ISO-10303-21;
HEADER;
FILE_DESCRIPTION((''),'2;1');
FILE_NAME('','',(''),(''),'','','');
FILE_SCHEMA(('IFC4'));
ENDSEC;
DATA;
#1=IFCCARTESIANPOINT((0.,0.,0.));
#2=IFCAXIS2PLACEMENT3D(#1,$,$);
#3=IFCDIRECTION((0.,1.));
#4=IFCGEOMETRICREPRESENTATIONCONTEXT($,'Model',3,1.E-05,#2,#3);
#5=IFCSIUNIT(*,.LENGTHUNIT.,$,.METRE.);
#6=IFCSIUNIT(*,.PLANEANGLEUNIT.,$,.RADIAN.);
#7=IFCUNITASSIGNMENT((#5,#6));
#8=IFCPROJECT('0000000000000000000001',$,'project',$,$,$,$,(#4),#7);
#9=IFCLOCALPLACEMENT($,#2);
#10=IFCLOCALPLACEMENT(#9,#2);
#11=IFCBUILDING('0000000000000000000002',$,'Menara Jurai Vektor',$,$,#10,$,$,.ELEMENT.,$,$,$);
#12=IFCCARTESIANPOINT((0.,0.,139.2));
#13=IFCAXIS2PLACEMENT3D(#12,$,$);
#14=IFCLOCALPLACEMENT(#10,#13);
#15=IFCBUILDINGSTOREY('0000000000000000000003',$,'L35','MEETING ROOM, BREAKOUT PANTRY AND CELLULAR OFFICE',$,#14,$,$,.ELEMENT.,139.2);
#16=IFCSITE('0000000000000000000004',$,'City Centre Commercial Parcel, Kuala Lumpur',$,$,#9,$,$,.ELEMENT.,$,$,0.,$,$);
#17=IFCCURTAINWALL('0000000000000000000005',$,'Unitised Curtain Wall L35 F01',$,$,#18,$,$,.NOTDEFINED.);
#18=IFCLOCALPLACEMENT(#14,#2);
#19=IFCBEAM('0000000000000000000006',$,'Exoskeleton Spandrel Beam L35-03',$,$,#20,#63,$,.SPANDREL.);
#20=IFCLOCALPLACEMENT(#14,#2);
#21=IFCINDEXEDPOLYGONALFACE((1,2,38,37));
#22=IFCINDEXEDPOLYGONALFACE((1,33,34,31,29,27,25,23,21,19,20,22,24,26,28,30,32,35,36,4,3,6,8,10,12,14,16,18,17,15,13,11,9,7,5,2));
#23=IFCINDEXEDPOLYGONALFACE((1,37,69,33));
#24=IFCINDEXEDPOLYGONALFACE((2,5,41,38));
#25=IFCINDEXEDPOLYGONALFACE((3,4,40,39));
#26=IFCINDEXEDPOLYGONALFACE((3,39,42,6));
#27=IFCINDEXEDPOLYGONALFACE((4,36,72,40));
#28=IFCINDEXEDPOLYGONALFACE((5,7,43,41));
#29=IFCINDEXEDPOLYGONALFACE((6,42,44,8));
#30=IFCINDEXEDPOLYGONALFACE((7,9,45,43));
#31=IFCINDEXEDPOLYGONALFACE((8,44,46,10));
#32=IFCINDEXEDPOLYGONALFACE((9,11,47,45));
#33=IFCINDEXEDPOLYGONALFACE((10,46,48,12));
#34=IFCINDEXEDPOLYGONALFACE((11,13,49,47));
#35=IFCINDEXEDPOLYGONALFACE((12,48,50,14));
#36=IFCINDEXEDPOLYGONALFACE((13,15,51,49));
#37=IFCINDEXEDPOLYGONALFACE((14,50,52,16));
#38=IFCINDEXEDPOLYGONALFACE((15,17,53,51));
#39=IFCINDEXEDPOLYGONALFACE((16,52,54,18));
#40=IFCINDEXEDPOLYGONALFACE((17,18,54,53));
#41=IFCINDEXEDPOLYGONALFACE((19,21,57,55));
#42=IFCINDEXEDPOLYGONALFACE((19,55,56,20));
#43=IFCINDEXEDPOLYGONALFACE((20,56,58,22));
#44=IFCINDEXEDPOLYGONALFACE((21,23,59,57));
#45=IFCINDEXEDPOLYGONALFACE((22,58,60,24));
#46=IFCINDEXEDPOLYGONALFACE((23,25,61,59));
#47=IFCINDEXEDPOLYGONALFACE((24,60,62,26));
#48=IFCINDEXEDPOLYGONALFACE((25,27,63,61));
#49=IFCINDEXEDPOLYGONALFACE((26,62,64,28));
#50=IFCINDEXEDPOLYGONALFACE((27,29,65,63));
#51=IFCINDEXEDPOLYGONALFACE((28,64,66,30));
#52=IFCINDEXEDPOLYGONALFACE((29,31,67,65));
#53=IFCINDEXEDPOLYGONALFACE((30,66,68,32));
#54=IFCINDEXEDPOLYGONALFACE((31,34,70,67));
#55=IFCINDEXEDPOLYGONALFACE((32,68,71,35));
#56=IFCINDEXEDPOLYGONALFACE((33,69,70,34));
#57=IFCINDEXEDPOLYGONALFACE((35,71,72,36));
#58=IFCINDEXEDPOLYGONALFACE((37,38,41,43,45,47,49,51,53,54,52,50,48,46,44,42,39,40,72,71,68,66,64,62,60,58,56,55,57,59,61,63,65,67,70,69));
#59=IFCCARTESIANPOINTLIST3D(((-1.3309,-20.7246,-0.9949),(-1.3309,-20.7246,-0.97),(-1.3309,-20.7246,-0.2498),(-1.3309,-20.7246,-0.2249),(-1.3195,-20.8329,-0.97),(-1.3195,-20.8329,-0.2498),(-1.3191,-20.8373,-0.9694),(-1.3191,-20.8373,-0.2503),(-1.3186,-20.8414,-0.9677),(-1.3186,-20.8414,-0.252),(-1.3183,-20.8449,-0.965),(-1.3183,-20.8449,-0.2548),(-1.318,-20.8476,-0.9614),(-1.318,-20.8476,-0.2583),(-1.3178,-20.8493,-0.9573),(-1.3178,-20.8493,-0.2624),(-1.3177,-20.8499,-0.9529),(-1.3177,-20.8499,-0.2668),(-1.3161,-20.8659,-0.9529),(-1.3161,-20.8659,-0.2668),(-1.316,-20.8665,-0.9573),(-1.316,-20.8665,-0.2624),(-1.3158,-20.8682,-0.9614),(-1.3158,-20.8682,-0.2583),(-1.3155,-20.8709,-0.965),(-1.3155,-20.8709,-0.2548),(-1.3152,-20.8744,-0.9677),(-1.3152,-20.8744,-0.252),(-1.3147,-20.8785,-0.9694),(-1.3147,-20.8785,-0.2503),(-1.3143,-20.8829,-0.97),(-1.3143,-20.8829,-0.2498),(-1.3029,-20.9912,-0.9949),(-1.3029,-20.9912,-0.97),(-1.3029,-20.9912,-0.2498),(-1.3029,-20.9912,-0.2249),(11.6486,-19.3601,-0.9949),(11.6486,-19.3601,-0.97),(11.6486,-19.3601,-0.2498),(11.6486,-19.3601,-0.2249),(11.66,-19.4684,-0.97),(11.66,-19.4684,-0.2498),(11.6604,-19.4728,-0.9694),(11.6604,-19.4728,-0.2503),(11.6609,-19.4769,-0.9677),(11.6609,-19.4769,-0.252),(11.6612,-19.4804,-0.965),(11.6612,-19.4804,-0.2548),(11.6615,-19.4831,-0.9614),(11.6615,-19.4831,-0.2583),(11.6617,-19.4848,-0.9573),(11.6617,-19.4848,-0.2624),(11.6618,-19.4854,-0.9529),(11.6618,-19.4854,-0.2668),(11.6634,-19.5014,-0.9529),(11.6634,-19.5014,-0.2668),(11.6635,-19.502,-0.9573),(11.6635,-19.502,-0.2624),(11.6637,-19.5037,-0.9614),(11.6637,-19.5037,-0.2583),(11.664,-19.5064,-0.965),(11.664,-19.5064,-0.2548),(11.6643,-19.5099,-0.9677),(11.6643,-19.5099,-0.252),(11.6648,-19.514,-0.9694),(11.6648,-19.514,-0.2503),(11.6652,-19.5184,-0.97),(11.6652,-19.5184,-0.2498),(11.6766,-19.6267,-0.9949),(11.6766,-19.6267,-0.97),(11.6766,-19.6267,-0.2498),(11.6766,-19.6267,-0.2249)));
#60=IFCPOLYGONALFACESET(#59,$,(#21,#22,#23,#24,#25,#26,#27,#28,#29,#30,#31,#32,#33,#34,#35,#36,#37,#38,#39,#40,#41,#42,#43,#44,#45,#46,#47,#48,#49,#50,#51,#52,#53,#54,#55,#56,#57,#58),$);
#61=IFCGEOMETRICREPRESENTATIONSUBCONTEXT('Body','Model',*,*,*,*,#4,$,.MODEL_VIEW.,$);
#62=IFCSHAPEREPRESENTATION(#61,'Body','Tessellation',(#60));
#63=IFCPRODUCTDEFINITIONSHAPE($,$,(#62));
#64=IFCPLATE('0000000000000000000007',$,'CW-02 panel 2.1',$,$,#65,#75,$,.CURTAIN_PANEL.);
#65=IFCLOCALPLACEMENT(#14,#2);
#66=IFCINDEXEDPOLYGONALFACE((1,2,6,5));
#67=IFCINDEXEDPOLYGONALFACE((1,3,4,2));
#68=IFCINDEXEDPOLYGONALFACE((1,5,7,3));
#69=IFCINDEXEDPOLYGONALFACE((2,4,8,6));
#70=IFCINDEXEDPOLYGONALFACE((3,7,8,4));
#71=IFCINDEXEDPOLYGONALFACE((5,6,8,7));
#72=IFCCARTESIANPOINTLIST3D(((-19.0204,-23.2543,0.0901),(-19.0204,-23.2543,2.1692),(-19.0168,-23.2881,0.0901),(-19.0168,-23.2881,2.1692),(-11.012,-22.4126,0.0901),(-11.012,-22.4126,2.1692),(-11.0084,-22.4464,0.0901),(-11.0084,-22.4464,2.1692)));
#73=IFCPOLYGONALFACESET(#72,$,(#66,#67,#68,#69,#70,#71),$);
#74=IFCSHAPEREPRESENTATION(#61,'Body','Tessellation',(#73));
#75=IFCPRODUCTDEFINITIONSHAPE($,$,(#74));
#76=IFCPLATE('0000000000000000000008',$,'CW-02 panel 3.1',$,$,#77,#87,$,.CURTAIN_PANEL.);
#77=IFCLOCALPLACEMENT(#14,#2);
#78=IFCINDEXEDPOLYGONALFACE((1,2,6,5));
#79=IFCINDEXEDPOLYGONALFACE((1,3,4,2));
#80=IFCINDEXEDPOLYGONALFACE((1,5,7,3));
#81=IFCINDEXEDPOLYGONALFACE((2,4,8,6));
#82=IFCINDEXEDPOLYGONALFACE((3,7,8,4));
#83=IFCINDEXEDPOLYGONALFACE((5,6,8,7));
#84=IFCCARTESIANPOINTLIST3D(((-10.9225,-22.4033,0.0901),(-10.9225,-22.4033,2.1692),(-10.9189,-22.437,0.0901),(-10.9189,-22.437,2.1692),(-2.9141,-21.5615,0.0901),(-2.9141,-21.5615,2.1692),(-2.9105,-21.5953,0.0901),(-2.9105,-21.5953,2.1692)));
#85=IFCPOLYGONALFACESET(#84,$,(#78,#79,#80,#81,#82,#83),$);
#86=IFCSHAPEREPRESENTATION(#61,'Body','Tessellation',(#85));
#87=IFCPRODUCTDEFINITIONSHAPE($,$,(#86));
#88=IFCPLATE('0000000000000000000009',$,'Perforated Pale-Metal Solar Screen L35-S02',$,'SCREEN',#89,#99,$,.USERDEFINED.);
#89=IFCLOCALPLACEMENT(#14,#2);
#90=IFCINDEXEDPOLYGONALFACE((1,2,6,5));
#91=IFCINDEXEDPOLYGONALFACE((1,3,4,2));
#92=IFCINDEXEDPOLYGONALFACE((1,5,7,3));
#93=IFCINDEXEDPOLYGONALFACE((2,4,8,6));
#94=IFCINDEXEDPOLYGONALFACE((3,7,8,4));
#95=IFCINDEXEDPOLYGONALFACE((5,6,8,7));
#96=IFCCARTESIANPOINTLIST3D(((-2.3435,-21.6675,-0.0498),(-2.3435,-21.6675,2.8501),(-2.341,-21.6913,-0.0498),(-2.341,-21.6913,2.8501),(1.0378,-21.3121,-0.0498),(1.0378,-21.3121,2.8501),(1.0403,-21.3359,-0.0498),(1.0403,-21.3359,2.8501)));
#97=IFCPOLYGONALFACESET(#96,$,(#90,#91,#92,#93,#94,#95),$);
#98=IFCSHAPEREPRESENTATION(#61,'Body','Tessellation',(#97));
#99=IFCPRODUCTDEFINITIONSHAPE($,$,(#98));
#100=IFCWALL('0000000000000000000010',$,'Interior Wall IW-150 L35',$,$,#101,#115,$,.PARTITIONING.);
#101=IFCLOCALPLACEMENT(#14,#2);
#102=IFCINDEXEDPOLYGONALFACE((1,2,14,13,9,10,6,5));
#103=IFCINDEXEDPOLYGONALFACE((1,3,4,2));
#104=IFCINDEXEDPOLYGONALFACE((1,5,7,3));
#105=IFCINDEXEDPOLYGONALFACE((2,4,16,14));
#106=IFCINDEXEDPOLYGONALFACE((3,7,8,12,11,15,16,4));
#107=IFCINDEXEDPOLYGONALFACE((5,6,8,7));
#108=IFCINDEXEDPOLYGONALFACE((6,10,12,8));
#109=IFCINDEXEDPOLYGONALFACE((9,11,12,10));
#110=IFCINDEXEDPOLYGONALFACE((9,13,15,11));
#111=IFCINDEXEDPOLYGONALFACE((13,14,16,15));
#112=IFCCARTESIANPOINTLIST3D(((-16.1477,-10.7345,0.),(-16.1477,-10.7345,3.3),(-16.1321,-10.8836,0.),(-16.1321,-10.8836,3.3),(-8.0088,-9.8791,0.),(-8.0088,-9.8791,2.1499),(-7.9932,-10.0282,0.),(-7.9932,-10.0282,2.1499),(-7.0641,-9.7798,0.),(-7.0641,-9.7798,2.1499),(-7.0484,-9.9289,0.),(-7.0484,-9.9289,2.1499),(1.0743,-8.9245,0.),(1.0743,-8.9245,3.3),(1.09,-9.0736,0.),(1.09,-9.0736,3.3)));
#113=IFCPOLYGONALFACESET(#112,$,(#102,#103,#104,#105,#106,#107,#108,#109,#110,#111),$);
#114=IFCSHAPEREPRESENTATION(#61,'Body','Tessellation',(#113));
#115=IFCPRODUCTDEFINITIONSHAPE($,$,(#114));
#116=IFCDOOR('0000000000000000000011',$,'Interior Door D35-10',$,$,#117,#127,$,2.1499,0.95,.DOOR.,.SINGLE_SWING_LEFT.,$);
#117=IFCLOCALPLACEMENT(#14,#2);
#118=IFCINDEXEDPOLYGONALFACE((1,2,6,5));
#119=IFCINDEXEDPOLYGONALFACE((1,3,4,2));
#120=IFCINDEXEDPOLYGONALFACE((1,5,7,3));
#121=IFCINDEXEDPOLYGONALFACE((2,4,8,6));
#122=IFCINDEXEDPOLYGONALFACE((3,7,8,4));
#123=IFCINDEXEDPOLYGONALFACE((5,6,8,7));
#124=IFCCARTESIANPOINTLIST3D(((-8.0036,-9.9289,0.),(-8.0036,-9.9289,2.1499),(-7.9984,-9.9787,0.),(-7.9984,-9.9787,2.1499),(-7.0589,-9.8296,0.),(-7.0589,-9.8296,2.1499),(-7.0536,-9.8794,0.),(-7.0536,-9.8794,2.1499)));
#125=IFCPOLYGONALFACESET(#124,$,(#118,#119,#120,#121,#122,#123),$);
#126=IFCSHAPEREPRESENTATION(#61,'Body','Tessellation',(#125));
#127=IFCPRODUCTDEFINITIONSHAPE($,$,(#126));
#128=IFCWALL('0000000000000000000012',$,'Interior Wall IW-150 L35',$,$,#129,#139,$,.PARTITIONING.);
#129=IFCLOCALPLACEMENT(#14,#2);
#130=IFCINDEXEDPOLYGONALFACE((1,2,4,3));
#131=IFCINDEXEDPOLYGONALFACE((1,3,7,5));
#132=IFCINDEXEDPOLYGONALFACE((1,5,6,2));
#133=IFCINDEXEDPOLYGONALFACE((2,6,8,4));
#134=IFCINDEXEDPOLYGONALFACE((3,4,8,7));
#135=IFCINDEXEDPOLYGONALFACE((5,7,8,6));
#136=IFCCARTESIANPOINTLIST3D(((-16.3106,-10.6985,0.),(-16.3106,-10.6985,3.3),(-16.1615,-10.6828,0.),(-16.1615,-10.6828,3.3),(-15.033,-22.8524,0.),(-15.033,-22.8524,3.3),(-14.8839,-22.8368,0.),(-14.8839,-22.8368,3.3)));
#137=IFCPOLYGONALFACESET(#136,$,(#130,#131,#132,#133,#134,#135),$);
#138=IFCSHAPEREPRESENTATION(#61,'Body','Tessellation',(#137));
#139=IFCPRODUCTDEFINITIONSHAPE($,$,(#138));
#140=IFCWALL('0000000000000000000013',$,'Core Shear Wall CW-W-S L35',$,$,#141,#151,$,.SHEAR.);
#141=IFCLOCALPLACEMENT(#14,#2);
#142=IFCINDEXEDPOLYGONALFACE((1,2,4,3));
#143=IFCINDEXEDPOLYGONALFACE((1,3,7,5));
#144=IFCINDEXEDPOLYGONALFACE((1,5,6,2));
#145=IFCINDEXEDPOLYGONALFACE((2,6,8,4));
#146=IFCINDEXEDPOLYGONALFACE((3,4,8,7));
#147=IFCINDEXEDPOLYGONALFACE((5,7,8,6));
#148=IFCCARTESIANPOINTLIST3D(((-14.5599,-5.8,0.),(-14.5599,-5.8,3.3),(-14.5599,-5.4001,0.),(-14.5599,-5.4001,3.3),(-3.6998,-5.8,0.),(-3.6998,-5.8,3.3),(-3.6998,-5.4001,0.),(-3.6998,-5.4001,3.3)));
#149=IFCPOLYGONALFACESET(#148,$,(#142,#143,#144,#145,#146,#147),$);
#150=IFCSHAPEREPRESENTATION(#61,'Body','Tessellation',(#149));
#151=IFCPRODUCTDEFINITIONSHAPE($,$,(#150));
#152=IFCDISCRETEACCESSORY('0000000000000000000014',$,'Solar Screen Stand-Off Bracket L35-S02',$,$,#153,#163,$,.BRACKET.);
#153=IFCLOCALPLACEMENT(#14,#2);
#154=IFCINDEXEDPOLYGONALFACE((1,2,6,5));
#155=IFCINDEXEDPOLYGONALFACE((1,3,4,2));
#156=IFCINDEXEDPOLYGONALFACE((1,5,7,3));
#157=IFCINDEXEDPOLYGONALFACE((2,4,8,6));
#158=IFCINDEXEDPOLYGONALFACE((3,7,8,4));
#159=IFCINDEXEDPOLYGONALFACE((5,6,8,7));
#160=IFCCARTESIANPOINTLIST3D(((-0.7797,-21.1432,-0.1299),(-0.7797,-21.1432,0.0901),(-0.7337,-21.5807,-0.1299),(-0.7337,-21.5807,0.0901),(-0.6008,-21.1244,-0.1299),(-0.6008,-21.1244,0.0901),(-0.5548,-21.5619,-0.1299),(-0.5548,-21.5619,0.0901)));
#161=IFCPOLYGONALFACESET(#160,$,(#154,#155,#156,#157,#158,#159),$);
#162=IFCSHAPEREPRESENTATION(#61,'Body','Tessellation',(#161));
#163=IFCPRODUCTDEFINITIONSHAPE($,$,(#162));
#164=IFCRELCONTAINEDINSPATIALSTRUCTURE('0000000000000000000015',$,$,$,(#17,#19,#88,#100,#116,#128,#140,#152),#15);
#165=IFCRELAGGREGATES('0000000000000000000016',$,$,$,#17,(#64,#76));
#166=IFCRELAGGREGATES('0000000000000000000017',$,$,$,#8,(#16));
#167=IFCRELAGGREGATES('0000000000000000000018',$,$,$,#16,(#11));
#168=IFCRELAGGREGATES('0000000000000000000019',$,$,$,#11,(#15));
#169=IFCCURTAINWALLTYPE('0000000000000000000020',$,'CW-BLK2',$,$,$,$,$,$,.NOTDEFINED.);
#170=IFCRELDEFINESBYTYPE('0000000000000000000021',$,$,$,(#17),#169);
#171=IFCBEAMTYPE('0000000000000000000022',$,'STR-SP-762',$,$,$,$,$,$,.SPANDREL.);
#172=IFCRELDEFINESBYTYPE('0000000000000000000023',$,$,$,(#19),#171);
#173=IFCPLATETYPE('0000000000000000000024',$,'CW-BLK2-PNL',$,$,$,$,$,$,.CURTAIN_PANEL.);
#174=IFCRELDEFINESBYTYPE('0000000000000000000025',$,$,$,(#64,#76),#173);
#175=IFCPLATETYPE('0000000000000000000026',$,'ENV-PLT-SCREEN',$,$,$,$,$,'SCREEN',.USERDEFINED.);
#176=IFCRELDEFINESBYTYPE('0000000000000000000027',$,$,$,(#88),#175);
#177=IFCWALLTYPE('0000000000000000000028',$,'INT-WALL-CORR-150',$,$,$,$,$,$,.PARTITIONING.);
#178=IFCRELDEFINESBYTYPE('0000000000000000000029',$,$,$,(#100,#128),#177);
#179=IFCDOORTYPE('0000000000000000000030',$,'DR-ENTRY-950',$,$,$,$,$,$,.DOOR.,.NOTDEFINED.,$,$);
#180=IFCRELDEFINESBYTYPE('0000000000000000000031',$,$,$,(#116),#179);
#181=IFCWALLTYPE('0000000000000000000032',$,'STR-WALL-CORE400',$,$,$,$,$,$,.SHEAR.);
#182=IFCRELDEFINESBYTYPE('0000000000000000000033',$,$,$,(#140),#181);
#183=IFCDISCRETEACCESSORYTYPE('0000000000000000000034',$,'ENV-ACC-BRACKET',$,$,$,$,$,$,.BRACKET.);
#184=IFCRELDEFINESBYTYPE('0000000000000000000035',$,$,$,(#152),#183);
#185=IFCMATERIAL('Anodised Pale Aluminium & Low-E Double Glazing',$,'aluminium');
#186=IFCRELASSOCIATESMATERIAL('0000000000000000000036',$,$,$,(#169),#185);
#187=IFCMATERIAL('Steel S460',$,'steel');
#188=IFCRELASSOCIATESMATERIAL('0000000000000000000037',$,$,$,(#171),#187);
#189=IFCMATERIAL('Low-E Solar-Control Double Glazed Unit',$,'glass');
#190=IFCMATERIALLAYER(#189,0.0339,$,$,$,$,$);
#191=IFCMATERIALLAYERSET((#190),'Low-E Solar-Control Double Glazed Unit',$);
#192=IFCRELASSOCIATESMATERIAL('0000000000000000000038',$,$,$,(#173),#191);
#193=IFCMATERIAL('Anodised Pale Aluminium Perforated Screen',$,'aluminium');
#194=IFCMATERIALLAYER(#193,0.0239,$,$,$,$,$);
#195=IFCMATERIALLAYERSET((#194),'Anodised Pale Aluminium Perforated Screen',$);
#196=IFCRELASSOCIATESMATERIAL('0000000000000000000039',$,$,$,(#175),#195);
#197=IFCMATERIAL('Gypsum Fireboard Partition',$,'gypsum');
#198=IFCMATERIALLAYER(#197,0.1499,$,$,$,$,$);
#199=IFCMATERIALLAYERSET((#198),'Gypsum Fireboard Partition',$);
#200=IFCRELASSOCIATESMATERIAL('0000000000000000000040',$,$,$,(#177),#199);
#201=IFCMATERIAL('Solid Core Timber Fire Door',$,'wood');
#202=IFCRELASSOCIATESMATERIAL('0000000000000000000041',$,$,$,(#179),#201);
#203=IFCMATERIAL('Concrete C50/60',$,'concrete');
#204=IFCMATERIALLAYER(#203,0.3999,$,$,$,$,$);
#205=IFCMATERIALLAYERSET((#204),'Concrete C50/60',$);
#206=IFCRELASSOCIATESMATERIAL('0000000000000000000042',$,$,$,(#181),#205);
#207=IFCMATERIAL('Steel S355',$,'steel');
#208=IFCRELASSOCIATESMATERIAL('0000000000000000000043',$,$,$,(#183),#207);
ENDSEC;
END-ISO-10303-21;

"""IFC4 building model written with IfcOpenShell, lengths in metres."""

from ifc_helpers import new_model, si_unit, direction, frame, frame_2d, origin, origin_2d, place, context, subcontext, project, spatial, rectangle, i_section, extrude, material, layer, layer_set, material_profile, profile_set, type_object, element, fill, aggregate, save


model = new_model("IFC4")

# Units and contexts
model_context = context("Model", 3, precision=1e-05, world=origin(), true_north=direction((0.0, 1.0)))
body_context = subcontext(model_context, "Body", "Model", "MODEL_VIEW")
ifc_project = project(units=[si_unit("LENGTHUNIT", "METRE"), si_unit("PLANEANGLEUNIT", "RADIAN")], contexts=[model_context])

# Site, building, storey
site_placement = place(None, origin())
site = spatial("IfcSite", under=ifc_project, at=site_placement, Name="City Centre Commercial Parcel, Kuala Lumpur", CompositionType="ELEMENT", RefElevation=0.0)
building_placement = place(site_placement, origin())
building = spatial("IfcBuilding", under=site, at=building_placement, Name="Menara Jurai Vektor", CompositionType="ELEMENT")
storey_placement = place(building_placement, frame((0.0, 0.0, 139.2)))
storey = spatial("IfcBuildingStorey", under=building, at=storey_placement, Name="L35", Description="MEETING ROOM, BREAKOUT PANTRY AND CELLULAR OFFICE", CompositionType="ELEMENT", Elevation=139.2)

# Shared definitions
ifc_material_1 = material(Name="Concrete C50/60", Category="concrete")
ifc_material_2 = material(Name="Steel S460", Category="steel")

# Curtain wall
ifc_material_3 = material(Name="Anodised Pale Aluminium & Low-E Double Glazing", Category="aluminium")
curtain_wall_type = type_object("IfcCurtainWallType", Name="CW-BLK2", PredefinedType="NOTDEFINED", material=ifc_material_3)
curtain_wall_placement = place(storey_placement, origin())
curtain_wall = element("IfcCurtainWall", 1, at=curtain_wall_placement, inside=storey, type_object=curtain_wall_type, Name="Unitised Curtain Wall L35 F01", PredefinedType="NOTDEFINED")

# Beam
ifc_material_4 = material(Name="Steel S355", Category="steel")
ifc_material_profile_1 = material_profile(ifc_material_2, i_section(OverallWidth=0.2681, OverallDepth=0.77, WebThickness=0.0161, FlangeThickness=0.0249, FilletRadius=0.0171, at=origin_2d()), Name="UKB 762x267x197")
ifc_profile_set_1 = profile_set([ifc_material_profile_1], Name="Steel S460")
beam_type_1 = type_object("IfcBeamType", Name="STR-SP-762", PredefinedType="SPANDREL", material=ifc_profile_set_1)
beam_1_placement = place(storey_placement, frame((-1.3169, -20.8579, -0.6099), z_axis=(0.994519, 0.104551, 0.0), x_axis=(-0.104551, 0.994519, 0.0)))
element("IfcBeam", 2, at=beam_1_placement, inside=storey, type_object=beam_type_1, Name="Exoskeleton Spandrel Beam L35-03", PredefinedType="SPANDREL", context=body_context, shape_type="SweptSolid", body=[
    extrude(i_section(OverallWidth=0.2681, OverallDepth=0.77, WebThickness=0.0161, FlangeThickness=0.0249, FilletRadius=0.0171, at=origin_2d()), origin(), (0.0, 0.0, 1.0), 13.051),
])

# Plates
ifc_material_5 = material(Name="Low-E Solar-Control Double Glazed Unit", Category="glass")
ifc_layer_1 = layer(ifc_material_5, 0.0339)
ifc_layer_set_1 = layer_set([ifc_layer_1], Name="Low-E Solar-Control Double Glazed Unit")
plate_type_1 = type_object("IfcPlateType", Name="CW-BLK2-PNL", PredefinedType="CURTAIN_PANEL", material=ifc_layer_set_1)
plate_1_placement = place(storey_placement, frame((-15.0144, -22.8503, 0.0901), z_axis=(0.0, 0.0, 1.0), x_axis=(0.994522, 0.104529, 0.0)))
plate_1 = element("IfcPlate", 3, at=plate_1_placement, type_object=plate_type_1, Name="CW-02 panel 2.1", PredefinedType="CURTAIN_PANEL", context=body_context, shape_type="SweptSolid", body=[
    extrude(rectangle(XDim=8.0525, YDim=0.0339, at=origin_2d()), origin(), (0.0, 0.0, 1.0), 2.0791),
])
plate_2_placement = place(storey_placement, frame((-6.9165, -21.9993, 0.0901), z_axis=(0.0, 0.0, 1.0), x_axis=(0.994522, 0.104529, 0.0)))
plate_2 = element("IfcPlate", 4, at=plate_2_placement, type_object=plate_type_1, Name="CW-02 panel 3.1", PredefinedType="CURTAIN_PANEL", context=body_context, shape_type="SweptSolid", body=[
    extrude(rectangle(XDim=8.0525, YDim=0.0339, at=origin_2d()), origin(), (0.0, 0.0, 1.0), 2.0791),
])
aggregate(curtain_wall, [plate_1, plate_2])
ifc_material_6 = material(Name="Anodised Pale Aluminium Perforated Screen", Category="aluminium")
ifc_layer_2 = layer(ifc_material_6, 0.0239)
ifc_layer_set_2 = layer_set([ifc_layer_2], Name="Anodised Pale Aluminium Perforated Screen")
plate_type_2 = type_object("IfcPlateType", Name="ENV-PLT-SCREEN", ElementType="SCREEN", PredefinedType="USERDEFINED", material=ifc_layer_set_2)
plate_3_placement = place(storey_placement, frame((-0.6516, -21.5017, -0.0498), z_axis=(0.0, 0.0, 1.0), x_axis=(0.994522, 0.104528, 0.0)))
element("IfcPlate", 5, at=plate_3_placement, inside=storey, type_object=plate_type_2, Name="Perforated Pale-Metal Solar Screen L35-S02", ObjectType="SCREEN", PredefinedType="USERDEFINED", context=body_context, shape_type="SweptSolid", body=[
    extrude(rectangle(XDim=3.3999, YDim=0.0239, at=origin_2d()), origin(), (0.0, 0.0, 1.0), 2.8999),
])

# Wall, opening, door
ifc_material_7 = material(Name="Gypsum Fireboard Partition", Category="gypsum")
ifc_layer_3 = layer(ifc_material_7, 0.1499)
ifc_layer_set_3 = layer_set([ifc_layer_3], Name="Gypsum Fireboard Partition")
wall_type_1 = type_object("IfcWallType", Name="INT-WALL-CORR-150", PredefinedType="PARTITIONING", material=ifc_layer_set_3)
wall_1_placement = place(storey_placement, frame((-16.1399, -10.8091, 0.0), z_axis=(0.0, 0.0, 1.0), x_axis=(0.994522, 0.104526, 0.0)))
wall_1 = element("IfcWall", 6, at=wall_1_placement, inside=storey, type_object=wall_type_1, Name="Interior Wall IW-150 L35", PredefinedType="PARTITIONING", context=body_context, shape_type="SweptSolid", body=[
    extrude(rectangle(XDim=17.3169, YDim=0.1499, at=frame_2d((8.6584, 0.0))), origin(), (0.0, 0.0, 1.0), 3.3),
])
opening_placement = place(wall_1_placement, frame((8.1836, 0.0, 0.0)))
opening = element("IfcOpeningElement", 7, at=opening_placement, cuts=wall_1, PredefinedType="OPENING", context=body_context, shape_type="SweptSolid", body=[
    extrude(rectangle(XDim=0.95, YDim=2.1499, at=frame_2d((0.4751, 1.075))), frame((0.0, 0.085, 0.0), z_axis=(0.0, -1.0, 0.0), x_axis=(1.0, 0.0, 0.0)), (0.0, 0.0, 1.0), 0.1699),
])
ifc_material_8 = material(Name="Solid Core Timber Fire Door", Category="wood")
door_type = type_object("IfcDoorType", Name="DR-ENTRY-950", OperationType="NOTDEFINED", PredefinedType="DOOR", material=ifc_material_8)
door_placement = place(opening_placement, origin())
door = element("IfcDoor", 8, at=door_placement, inside=storey, type_object=door_type, Name="Interior Door D35-10", OperationType="SINGLE_SWING_LEFT", OverallHeight=2.1499, OverallWidth=0.95, PredefinedType="DOOR", context=body_context, shape_type="SweptSolid", body=[
    extrude(rectangle(XDim=0.95, YDim=2.1499, at=frame_2d((0.4751, 1.075))), frame((0.0, 0.0249, 0.0), z_axis=(0.0, -1.0, 0.0), x_axis=(1.0, 0.0, 0.0)), (0.0, 0.0, 1.0), 0.05),
])
fill(opening, door)

# Walls
wall_2_placement = place(storey_placement, frame((-14.9585, -22.8445, 0.0), z_axis=(0.0, 0.0, 1.0), x_axis=(-0.10454, 0.994521, 0.0)))
element("IfcWall", 9, at=wall_2_placement, inside=storey, type_object=wall_type_1, Name="Interior Wall IW-150 L35", PredefinedType="PARTITIONING", context=body_context, shape_type="SweptSolid", body=[
    extrude(rectangle(XDim=12.2209, YDim=0.1499, at=frame_2d((6.1104, 0.0))), origin(), (0.0, 0.0, 1.0), 3.3),
])
ifc_layer_4 = layer(ifc_material_1, 0.3999)
ifc_layer_set_4 = layer_set([ifc_layer_4], Name="Concrete C50/60")
wall_type_2 = type_object("IfcWallType", Name="STR-WALL-CORE400", PredefinedType="SHEAR", material=ifc_layer_set_4)
wall_3_placement = place(storey_placement, frame((-14.5601, -5.6001, 0.0), z_axis=(0.0, 0.0, 1.0), x_axis=(1.0, 0.0, 0.0)))
element("IfcWall", 10, at=wall_3_placement, inside=storey, type_object=wall_type_2, Name="Core Shear Wall CW-W-S L35", PredefinedType="SHEAR", context=body_context, shape_type="SweptSolid", body=[
    extrude(rectangle(XDim=10.8601, YDim=0.3999, at=frame_2d((5.4302, 0.0))), origin(), (0.0, 0.0, 1.0), 3.3),
])

# Discrete accessory
discrete_accessory_type = type_object("IfcDiscreteAccessoryType", Name="ENV-ACC-BRACKET", PredefinedType="BRACKET", material=ifc_material_4)
discrete_accessory_placement = place(storey_placement, frame((-0.6672, -21.3525, -0.1299), z_axis=(0.0, 0.0, 1.0), x_axis=(0.994522, 0.104528, 0.0)))
element("IfcDiscreteAccessory", 11, at=discrete_accessory_placement, inside=storey, type_object=discrete_accessory_type, Name="Solar Screen Stand-Off Bracket L35-S02", PredefinedType="BRACKET", context=body_context, shape_type="SweptSolid", body=[
    extrude(rectangle(XDim=0.1799, YDim=0.4399, at=origin_2d()), origin(), (0.0, 0.0, 1.0), 0.22),
])

save(model, "model.ifc")
